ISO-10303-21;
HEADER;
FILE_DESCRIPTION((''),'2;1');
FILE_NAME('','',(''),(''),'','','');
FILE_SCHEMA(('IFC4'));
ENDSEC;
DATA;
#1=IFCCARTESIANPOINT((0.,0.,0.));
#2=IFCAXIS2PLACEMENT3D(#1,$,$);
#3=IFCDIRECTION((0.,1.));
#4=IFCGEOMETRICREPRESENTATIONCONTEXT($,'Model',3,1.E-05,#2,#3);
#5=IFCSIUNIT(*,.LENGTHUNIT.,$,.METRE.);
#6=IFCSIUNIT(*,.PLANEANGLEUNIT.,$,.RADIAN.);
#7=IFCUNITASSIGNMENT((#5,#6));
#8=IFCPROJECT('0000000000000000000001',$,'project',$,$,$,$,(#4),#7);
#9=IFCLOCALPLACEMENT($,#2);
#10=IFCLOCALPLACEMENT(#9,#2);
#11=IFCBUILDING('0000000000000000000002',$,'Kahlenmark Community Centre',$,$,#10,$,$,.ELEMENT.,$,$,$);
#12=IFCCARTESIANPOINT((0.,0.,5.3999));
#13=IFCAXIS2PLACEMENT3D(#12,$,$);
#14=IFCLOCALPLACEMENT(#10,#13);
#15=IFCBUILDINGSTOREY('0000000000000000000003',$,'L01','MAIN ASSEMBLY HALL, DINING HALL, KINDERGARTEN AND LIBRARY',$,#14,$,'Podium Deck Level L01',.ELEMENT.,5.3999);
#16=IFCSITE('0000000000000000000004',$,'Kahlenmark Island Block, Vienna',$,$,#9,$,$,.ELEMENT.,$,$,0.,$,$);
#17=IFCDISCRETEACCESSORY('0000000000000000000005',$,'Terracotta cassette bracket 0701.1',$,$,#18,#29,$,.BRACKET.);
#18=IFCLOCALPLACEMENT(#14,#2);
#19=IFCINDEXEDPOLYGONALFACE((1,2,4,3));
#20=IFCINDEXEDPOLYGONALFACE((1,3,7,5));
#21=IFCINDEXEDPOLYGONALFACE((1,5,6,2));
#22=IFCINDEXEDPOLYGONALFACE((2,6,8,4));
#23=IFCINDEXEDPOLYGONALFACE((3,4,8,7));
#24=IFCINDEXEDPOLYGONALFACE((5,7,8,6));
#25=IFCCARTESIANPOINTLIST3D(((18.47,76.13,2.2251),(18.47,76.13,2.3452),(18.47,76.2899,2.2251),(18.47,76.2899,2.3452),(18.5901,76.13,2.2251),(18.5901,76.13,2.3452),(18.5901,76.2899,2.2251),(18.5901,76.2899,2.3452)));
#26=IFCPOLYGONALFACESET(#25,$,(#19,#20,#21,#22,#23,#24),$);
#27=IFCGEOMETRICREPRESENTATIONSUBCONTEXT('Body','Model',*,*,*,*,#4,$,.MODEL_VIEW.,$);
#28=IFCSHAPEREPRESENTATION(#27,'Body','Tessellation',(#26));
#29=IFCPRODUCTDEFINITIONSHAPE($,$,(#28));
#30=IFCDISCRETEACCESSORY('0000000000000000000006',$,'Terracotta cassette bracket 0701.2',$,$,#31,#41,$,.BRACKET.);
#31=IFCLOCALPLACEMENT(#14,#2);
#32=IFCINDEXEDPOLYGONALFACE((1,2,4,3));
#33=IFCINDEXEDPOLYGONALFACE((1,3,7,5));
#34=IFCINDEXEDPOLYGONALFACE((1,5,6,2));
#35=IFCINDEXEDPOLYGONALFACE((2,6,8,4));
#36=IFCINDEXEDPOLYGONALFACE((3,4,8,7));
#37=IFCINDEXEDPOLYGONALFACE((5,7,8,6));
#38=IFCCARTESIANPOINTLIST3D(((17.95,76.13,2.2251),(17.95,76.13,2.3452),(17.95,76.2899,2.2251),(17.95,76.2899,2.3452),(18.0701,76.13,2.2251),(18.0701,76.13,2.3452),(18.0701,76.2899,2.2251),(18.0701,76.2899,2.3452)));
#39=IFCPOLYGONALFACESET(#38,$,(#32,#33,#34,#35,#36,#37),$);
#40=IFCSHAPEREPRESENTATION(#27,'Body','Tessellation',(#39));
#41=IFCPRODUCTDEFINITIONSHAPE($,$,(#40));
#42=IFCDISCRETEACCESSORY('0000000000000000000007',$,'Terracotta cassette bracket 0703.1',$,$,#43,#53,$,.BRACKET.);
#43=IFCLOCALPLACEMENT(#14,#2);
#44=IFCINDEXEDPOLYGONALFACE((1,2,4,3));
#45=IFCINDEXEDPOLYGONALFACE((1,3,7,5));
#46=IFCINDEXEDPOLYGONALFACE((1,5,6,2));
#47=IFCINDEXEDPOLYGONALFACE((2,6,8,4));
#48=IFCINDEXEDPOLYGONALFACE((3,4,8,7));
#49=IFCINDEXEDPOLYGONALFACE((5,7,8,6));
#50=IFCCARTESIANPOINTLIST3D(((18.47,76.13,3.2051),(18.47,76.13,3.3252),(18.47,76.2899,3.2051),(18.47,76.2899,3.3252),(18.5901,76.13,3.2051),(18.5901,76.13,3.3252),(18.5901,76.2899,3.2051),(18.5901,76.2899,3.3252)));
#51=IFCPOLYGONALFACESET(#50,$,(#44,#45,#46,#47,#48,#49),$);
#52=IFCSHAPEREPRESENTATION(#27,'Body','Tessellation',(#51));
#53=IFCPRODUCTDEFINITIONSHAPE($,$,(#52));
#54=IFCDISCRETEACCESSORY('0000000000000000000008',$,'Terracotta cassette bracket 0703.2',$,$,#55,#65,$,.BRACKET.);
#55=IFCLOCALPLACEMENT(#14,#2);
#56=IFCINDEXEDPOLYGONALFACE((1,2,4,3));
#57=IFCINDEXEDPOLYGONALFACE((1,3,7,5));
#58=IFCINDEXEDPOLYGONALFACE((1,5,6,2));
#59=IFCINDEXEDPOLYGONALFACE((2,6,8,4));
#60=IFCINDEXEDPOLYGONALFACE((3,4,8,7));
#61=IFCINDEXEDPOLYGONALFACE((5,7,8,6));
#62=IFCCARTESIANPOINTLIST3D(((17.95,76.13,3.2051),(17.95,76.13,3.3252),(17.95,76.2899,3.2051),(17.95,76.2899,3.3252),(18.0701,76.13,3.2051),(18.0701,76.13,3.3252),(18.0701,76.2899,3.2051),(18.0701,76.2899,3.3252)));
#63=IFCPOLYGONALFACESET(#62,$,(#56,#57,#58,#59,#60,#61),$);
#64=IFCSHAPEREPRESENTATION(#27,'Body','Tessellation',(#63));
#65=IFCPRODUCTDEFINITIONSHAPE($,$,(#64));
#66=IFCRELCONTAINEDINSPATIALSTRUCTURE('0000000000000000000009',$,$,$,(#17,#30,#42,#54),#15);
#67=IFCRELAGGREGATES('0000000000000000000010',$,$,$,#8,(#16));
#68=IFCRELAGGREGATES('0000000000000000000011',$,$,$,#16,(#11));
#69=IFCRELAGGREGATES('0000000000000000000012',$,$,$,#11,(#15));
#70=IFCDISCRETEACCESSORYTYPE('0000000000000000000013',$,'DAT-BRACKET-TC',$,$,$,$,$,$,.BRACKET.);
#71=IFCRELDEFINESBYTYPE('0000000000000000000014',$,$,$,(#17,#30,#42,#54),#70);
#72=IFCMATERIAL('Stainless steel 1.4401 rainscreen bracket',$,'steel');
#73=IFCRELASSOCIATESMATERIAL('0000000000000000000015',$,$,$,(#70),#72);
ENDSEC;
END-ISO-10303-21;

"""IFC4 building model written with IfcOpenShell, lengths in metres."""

from ifc_helpers import new_model, si_unit, direction, frame, origin, origin_2d, place, context, subcontext, project, spatial, rectangle, extrude, material, type_object, element, save


model = new_model("IFC4")

# Units and contexts
model_context = context("Model", 3, precision=1e-05, world=origin(), true_north=direction((0.0, 1.0)))
body_context = subcontext(model_context, "Body", "Model", "MODEL_VIEW")
ifc_project = project(units=[si_unit("LENGTHUNIT", "METRE"), si_unit("PLANEANGLEUNIT", "RADIAN")], contexts=[model_context])

# Site, building, storey
site_placement = place(None, origin())
site = spatial("IfcSite", under=ifc_project, at=site_placement, Name="Kahlenmark Island Block, Vienna", CompositionType="ELEMENT", RefElevation=0.0)
building_placement = place(site_placement, origin())
building = spatial("IfcBuilding", under=site, at=building_placement, Name="Kahlenmark Community Centre", CompositionType="ELEMENT")
storey_placement = place(building_placement, frame((0.0, 0.0, 5.3999)))
storey = spatial("IfcBuildingStorey", under=building, at=storey_placement, Name="L01", Description="MAIN ASSEMBLY HALL, DINING HALL, KINDERGARTEN AND LIBRARY", LongName="Podium Deck Level L01", CompositionType="ELEMENT", Elevation=5.3999)

# Discrete accessories
ifc_material_1 = material(Name="Stainless steel 1.4401 rainscreen bracket", Category="steel")
discrete_accessory_type = type_object("IfcDiscreteAccessoryType", Name="DAT-BRACKET-TC", PredefinedType="BRACKET", material=ifc_material_1)
for number, where, z_axis, x_axis, name in (
    (1, (18.53, 76.21, 2.2251), (0.0, 0.0, 1.0), (-1.0, 0.0, 0.0), "Terracotta cassette bracket 0701.1"),
    (2, (18.01, 76.21, 2.2251), (0.0, 0.0, 1.0), (-1.0, 0.0, 0.0), "Terracotta cassette bracket 0701.2"),
    (3, (18.53, 76.21, 3.2051), (0.0, 0.0, 1.0), (-1.0, 0.0, 0.0), "Terracotta cassette bracket 0703.1"),
    (4, (18.01, 76.21, 3.2051), (0.0, 0.0, 1.0), (-1.0, 0.0, 0.0), "Terracotta cassette bracket 0703.2"),
):
    element("IfcDiscreteAccessory", number, at=place(storey_placement, frame(where, z_axis=z_axis, x_axis=x_axis)), inside=storey, type_object=discrete_accessory_type, Name=name, PredefinedType="BRACKET", context=body_context, shape_type="SweptSolid", body=[
        extrude(rectangle(XDim=0.1201, YDim=0.1599, at=origin_2d()), origin(), (0.0, 0.0, 1.0), 0.1201),
    ])

save(model, "model.ifc")
